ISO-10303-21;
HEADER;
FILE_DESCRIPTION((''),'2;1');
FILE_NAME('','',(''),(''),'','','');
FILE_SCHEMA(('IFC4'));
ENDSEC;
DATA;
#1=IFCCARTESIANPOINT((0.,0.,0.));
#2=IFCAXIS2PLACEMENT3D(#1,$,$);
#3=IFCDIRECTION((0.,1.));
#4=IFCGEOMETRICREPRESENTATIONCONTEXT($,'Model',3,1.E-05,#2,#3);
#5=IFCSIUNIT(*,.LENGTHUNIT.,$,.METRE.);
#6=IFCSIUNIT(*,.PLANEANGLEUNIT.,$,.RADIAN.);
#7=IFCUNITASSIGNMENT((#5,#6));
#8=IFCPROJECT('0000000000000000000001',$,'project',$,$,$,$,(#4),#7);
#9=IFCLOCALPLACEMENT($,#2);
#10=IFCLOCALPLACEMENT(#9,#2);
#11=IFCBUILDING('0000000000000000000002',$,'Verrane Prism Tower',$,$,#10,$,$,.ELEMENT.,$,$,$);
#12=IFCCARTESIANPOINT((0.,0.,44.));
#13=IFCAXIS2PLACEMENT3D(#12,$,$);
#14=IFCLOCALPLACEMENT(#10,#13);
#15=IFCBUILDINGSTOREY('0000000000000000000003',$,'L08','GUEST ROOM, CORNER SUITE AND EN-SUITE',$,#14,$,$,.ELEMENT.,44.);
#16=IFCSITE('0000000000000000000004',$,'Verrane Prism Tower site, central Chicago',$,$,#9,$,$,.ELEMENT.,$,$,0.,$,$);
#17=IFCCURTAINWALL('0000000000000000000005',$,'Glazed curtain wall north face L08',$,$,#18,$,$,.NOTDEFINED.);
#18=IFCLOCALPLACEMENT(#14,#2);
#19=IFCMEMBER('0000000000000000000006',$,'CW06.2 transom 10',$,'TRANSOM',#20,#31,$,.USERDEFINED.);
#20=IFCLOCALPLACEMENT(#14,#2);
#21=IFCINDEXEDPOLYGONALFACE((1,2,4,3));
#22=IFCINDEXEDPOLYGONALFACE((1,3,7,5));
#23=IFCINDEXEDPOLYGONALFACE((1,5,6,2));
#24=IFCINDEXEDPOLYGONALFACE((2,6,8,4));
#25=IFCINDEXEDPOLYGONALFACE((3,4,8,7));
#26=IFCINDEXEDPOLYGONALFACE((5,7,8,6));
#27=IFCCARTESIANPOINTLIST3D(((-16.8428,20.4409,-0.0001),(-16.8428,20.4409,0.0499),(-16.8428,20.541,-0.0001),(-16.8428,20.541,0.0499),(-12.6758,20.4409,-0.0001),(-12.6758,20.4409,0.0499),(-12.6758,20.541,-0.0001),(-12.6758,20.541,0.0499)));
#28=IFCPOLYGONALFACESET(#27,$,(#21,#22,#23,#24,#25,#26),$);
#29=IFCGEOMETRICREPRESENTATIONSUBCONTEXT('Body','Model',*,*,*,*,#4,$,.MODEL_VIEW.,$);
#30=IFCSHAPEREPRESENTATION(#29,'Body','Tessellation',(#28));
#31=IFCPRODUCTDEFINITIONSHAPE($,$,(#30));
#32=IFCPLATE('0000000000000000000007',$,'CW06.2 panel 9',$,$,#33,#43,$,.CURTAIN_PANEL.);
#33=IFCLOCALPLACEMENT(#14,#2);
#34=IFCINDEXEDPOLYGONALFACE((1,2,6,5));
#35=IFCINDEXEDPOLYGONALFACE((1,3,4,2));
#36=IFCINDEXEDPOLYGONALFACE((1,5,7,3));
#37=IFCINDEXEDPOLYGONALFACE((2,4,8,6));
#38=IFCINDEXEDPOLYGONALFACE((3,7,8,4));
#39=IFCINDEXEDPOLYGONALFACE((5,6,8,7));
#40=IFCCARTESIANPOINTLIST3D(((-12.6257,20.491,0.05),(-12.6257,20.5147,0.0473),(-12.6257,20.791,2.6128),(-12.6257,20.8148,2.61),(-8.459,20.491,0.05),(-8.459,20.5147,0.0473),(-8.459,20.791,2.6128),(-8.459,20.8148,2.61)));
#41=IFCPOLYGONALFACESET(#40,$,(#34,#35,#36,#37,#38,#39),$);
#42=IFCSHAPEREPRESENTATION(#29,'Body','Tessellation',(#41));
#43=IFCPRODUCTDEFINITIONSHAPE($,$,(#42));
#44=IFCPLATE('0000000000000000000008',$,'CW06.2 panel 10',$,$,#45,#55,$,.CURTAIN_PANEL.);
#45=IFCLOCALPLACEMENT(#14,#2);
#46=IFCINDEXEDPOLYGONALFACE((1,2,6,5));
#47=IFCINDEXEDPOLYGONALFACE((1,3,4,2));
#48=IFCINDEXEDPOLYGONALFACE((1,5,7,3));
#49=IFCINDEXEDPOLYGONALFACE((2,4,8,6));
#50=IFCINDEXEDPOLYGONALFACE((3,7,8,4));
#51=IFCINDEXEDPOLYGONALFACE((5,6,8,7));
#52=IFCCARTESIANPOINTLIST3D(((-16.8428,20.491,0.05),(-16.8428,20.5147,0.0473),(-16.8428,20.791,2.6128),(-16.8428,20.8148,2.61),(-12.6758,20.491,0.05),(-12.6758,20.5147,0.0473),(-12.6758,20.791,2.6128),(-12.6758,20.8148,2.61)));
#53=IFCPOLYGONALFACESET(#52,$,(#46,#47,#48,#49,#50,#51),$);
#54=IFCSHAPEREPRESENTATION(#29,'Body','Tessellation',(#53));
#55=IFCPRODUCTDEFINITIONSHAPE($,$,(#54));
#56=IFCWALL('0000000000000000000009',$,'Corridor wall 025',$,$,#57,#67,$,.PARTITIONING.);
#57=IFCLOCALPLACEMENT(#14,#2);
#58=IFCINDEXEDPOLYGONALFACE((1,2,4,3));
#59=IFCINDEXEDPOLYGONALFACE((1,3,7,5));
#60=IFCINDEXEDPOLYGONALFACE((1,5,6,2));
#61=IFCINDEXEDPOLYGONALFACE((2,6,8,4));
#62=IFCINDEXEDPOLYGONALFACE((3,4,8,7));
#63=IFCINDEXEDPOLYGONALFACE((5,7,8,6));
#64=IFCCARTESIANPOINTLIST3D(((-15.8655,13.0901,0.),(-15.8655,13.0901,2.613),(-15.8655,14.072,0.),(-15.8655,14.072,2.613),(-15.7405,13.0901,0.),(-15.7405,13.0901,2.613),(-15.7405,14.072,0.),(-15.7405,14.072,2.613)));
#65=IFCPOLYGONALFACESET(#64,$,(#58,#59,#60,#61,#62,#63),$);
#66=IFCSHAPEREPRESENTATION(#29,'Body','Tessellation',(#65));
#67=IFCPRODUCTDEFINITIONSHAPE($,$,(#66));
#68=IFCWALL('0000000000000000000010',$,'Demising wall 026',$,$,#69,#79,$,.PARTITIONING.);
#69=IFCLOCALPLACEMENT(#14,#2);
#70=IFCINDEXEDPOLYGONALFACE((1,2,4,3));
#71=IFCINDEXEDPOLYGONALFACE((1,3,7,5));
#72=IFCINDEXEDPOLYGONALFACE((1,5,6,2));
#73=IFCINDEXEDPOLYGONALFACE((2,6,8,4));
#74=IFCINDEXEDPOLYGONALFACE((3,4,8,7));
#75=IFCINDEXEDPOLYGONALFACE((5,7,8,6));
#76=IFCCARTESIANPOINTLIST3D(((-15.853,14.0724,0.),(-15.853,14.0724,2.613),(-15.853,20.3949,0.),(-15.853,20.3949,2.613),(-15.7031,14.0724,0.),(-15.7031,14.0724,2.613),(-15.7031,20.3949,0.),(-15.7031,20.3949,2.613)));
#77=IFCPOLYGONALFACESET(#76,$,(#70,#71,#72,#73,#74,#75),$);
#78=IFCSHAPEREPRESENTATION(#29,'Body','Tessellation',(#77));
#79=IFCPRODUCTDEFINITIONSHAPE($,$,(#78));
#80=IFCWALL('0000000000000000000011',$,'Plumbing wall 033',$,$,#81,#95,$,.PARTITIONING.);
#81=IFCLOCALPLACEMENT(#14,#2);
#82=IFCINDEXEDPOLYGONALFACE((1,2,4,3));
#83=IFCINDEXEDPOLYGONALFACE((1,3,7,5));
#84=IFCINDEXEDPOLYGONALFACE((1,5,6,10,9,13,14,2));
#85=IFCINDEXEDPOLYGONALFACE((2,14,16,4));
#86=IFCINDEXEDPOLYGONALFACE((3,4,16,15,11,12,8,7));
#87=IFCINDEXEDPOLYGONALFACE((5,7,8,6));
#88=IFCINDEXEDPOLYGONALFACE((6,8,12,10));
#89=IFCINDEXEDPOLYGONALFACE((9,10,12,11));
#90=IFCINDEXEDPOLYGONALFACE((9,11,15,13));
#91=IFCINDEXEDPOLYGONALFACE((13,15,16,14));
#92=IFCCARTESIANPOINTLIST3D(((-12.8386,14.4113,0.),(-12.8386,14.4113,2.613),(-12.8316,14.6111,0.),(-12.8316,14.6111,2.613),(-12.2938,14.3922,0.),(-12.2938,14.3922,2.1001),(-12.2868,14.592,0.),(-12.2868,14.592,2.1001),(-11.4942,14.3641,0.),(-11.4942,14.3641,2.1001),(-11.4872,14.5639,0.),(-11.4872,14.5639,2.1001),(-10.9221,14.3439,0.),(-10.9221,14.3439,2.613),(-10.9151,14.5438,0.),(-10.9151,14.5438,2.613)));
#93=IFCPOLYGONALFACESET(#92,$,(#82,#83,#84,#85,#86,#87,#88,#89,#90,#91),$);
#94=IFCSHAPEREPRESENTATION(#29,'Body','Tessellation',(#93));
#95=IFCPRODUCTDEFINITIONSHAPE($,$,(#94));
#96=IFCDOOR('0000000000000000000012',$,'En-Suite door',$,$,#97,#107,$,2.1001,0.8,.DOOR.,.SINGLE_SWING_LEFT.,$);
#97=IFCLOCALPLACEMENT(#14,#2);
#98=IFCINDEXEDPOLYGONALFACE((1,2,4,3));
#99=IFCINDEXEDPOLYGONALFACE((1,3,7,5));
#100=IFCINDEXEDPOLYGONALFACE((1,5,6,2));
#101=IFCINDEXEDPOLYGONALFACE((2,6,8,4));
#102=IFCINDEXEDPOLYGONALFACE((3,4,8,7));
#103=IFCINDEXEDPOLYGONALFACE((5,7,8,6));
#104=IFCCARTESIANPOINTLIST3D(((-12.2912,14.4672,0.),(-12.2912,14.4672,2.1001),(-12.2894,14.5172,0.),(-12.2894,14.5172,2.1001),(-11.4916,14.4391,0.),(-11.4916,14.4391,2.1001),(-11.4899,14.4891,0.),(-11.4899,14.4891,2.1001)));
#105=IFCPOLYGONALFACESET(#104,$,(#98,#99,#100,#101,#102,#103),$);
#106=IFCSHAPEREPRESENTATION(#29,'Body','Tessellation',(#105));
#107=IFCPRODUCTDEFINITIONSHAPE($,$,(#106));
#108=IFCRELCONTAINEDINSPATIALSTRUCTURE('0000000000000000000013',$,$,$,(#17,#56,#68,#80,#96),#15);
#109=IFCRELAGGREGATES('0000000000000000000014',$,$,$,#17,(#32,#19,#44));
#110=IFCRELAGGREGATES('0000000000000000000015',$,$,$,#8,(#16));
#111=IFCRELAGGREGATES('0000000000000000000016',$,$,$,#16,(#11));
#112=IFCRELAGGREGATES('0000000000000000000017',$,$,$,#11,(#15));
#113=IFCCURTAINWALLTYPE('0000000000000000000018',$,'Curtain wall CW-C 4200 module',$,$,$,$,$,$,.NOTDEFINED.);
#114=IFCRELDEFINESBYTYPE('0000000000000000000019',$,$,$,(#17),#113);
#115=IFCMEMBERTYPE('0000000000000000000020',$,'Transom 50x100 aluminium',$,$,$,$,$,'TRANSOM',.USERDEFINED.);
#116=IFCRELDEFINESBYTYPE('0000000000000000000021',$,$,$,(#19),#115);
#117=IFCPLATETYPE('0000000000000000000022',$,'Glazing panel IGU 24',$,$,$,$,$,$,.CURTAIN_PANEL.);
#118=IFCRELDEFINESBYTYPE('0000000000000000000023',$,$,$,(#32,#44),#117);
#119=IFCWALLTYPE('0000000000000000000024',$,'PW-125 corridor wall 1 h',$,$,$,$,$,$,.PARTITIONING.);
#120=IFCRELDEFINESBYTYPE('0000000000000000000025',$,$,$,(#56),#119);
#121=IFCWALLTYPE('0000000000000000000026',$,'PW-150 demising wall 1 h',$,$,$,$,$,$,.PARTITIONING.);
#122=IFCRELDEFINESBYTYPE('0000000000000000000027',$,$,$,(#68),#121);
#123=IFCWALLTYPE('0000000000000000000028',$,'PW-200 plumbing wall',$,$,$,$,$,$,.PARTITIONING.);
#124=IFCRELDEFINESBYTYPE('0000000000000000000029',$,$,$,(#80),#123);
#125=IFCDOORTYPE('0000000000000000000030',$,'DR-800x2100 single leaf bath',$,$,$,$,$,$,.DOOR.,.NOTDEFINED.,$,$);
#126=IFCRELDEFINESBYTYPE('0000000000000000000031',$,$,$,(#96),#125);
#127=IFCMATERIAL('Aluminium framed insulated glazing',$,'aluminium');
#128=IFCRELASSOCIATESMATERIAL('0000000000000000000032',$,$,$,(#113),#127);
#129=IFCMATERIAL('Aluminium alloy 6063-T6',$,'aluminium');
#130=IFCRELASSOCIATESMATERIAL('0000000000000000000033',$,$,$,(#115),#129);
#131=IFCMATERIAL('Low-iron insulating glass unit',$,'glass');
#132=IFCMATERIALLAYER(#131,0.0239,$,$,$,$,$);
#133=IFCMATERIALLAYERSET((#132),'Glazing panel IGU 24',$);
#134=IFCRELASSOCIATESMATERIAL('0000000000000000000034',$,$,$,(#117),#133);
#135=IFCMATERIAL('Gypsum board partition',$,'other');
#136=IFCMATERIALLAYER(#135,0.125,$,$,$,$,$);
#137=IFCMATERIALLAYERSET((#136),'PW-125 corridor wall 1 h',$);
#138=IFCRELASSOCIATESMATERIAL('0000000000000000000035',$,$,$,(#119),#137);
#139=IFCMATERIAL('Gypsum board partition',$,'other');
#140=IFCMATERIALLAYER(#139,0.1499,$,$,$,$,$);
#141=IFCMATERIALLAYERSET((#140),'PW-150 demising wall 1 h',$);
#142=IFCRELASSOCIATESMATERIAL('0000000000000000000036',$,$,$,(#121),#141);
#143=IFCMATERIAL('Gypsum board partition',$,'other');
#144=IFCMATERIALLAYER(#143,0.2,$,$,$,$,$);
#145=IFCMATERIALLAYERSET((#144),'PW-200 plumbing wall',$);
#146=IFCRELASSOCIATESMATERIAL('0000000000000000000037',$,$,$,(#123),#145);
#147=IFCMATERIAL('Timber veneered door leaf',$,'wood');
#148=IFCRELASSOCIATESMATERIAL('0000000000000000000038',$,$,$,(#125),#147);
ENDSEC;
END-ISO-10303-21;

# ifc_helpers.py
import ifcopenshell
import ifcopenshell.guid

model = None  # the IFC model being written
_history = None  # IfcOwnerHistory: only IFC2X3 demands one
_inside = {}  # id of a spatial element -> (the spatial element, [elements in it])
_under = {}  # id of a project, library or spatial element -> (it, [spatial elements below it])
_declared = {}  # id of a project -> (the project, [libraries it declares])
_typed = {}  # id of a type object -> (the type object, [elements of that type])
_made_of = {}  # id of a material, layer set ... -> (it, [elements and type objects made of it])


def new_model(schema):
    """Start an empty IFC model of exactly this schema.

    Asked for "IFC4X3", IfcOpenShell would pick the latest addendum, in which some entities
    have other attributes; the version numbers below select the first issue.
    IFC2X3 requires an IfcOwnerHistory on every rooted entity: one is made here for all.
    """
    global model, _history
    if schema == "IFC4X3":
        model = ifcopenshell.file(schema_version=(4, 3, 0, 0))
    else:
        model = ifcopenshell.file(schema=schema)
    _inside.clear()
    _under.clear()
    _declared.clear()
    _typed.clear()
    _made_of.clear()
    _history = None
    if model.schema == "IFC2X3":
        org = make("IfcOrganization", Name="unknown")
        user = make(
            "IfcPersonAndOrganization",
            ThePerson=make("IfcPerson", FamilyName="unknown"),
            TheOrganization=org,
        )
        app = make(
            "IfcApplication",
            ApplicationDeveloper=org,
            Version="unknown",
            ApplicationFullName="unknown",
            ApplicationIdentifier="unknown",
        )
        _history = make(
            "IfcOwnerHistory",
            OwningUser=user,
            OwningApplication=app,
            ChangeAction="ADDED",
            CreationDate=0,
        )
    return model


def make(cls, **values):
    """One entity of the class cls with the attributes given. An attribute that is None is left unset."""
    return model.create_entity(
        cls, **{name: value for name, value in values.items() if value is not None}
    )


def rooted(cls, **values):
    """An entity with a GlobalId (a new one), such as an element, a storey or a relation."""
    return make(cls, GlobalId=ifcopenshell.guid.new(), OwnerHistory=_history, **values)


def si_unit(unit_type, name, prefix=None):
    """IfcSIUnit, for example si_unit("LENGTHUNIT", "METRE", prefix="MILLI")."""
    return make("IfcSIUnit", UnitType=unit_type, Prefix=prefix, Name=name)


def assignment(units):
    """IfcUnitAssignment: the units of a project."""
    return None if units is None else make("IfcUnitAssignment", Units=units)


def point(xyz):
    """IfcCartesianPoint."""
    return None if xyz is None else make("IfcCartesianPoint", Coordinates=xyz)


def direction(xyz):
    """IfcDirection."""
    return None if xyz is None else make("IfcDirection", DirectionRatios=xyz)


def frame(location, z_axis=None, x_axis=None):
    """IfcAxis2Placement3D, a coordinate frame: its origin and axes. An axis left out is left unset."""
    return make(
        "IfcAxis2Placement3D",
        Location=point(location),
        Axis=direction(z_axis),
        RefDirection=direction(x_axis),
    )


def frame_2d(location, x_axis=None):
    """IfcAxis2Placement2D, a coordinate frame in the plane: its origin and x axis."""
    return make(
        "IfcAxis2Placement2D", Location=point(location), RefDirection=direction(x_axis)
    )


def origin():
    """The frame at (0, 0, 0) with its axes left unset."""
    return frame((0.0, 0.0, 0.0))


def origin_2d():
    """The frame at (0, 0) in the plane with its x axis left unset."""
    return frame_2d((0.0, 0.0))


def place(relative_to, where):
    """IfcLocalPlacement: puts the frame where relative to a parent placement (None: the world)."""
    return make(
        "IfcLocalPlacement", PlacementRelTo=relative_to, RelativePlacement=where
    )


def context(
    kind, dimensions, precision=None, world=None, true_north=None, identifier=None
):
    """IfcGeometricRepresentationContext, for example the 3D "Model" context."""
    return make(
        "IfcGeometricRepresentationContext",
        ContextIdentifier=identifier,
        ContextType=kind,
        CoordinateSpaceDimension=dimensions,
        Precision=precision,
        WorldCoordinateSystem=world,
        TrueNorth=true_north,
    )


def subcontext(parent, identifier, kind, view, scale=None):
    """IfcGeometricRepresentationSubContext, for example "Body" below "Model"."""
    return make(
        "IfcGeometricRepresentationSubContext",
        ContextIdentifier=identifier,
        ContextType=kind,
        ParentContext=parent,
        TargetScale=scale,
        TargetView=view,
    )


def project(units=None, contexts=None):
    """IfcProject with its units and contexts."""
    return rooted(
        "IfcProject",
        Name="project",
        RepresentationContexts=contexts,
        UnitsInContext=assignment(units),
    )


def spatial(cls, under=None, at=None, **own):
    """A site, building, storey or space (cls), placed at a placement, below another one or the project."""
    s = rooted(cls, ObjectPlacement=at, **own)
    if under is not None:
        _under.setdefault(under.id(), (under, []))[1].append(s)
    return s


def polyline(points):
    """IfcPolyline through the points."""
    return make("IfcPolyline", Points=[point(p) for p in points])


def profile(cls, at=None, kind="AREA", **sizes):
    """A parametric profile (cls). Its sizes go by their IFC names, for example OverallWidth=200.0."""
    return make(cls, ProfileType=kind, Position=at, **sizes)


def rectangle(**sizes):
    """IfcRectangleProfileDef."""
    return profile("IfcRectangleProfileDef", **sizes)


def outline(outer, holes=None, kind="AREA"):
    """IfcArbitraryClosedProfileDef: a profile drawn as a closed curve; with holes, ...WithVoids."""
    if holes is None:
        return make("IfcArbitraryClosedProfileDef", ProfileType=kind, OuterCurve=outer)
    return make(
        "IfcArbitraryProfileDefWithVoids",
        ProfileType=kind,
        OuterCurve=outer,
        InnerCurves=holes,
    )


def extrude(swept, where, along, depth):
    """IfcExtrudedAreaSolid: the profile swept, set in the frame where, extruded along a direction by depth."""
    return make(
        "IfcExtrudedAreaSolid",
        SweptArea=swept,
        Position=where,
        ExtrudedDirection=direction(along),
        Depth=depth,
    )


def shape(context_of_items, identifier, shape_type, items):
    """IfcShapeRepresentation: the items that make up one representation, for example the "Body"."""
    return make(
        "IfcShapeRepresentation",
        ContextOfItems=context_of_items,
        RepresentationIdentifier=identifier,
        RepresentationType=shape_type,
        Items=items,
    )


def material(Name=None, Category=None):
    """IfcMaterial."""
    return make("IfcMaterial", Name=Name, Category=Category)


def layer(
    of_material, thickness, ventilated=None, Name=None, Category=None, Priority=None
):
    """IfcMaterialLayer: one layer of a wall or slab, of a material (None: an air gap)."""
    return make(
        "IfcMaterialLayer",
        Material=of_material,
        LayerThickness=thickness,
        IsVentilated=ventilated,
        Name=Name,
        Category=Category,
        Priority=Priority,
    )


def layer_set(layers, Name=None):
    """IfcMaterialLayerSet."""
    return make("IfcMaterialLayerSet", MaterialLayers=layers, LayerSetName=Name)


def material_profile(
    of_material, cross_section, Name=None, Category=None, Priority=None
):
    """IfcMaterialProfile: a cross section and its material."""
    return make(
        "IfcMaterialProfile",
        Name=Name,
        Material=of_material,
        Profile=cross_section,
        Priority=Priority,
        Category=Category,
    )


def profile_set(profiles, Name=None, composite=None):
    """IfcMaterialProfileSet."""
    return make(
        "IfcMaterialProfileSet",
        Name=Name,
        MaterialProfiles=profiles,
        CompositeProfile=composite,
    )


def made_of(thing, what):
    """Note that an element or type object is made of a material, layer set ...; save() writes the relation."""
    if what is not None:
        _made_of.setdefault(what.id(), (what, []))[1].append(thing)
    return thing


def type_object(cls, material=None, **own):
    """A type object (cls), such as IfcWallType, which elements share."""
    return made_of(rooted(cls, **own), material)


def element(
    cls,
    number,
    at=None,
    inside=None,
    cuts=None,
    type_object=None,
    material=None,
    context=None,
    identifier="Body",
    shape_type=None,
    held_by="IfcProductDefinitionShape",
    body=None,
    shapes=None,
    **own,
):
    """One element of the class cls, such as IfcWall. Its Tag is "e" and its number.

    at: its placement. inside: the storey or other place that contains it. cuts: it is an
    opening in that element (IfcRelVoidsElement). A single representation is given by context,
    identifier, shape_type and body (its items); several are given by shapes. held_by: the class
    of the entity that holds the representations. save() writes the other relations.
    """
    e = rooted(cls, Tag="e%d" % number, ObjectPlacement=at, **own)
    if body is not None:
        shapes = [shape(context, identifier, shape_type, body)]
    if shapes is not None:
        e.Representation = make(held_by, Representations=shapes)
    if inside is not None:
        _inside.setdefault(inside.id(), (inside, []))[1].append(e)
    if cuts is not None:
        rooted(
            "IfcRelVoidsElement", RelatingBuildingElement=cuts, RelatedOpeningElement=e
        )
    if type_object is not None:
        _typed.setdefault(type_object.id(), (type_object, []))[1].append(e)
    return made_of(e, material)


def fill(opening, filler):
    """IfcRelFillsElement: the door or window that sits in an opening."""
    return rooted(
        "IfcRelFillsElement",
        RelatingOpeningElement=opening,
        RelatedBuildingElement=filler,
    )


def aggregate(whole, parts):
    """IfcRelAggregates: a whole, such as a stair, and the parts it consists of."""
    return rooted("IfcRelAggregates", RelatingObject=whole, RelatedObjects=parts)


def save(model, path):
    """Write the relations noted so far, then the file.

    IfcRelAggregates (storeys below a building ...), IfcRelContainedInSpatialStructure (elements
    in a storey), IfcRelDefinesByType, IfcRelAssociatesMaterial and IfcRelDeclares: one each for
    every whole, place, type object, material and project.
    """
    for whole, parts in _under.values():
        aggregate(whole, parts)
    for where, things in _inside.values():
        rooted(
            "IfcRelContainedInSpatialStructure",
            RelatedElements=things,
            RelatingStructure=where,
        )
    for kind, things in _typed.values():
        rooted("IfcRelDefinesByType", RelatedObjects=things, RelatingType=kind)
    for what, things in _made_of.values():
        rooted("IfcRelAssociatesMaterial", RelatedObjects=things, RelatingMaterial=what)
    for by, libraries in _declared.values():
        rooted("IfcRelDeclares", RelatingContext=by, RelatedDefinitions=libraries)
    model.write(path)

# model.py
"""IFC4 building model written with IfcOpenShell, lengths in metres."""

from ifc_helpers import new_model, si_unit, direction, frame, frame_2d, origin, origin_2d, place, context, subcontext, project, spatial, polyline, rectangle, outline, extrude, material, layer, layer_set, material_profile, profile_set, type_object, element, fill, aggregate, save


model = new_model("IFC4")

# Units and contexts
model_context = context("Model", 3, precision=1e-05, world=origin(), true_north=direction((0.0, 1.0)))
body_context = subcontext(model_context, "Body", "Model", "MODEL_VIEW")
ifc_project = project(units=[si_unit("LENGTHUNIT", "METRE"), si_unit("PLANEANGLEUNIT", "RADIAN")], contexts=[model_context])

# Site, building, storey
site_placement = place(None, origin())
site = spatial("IfcSite", under=ifc_project, at=site_placement, Name="Verrane Prism Tower site, central Chicago", CompositionType="ELEMENT", RefElevation=0.0)
building_placement = place(site_placement, origin())
building = spatial("IfcBuilding", under=site, at=building_placement, Name="Verrane Prism Tower", CompositionType="ELEMENT")
storey_placement = place(building_placement, frame((0.0, 0.0, 44.0)))
storey = spatial("IfcBuildingStorey", under=building, at=storey_placement, Name="L08", Description="GUEST ROOM, CORNER SUITE AND EN-SUITE", CompositionType="ELEMENT", Elevation=44.0)

# Curtain wall
ifc_material_1 = material(Name="Aluminium framed insulated glazing", Category="aluminium")
curtain_wall_type = type_object("IfcCurtainWallType", Name="Curtain wall CW-C 4200 module", PredefinedType="NOTDEFINED", material=ifc_material_1)
curtain_wall_placement = place(storey_placement, origin())
curtain_wall = element("IfcCurtainWall", 1, at=curtain_wall_placement, inside=storey, type_object=curtain_wall_type, Name="Glazed curtain wall north face L08", PredefinedType="NOTDEFINED")

# Member
ifc_material_2 = material(Name="Aluminium alloy 6063-T6", Category="aluminium")
ifc_material_profile_1 = material_profile(ifc_material_2, rectangle(XDim=0.1001, YDim=0.05, at=origin_2d()), Name="Transom 50x100 aluminium")
ifc_profile_set_1 = profile_set([ifc_material_profile_1], Name="Aluminium alloy 6063-T6")
member_type_1 = type_object("IfcMemberType", Name="Transom 50x100 aluminium", ElementType="TRANSOM", PredefinedType="USERDEFINED", material=ifc_profile_set_1)
member_1_placement = place(storey_placement, frame((-12.6758, 20.491, 0.0249), z_axis=(-1.0, 0.0, 0.0), x_axis=(0.0, -1.0, 0.0)))
member_1 = element("IfcMember", 2, at=member_1_placement, type_object=member_type_1, Name="CW06.2 transom 10", ObjectType="TRANSOM", PredefinedType="USERDEFINED", context=body_context, shape_type="SweptSolid", body=[
    extrude(rectangle(XDim=0.1001, YDim=0.05, at=origin_2d()), origin(), (0.0, 0.0, 1.0), 4.167),
])

# Plates
ifc_material_3 = material(Name="Low-iron insulating glass unit", Category="glass")
ifc_layer_1 = layer(ifc_material_3, 0.0239)
ifc_layer_set_1 = layer_set([ifc_layer_1], Name="Glazing panel IGU 24")
plate_type = type_object("IfcPlateType", Name="Glazing panel IGU 24", PredefinedType="CURTAIN_PANEL", material=ifc_layer_set_1)
plate_1_placement = place(storey_placement, frame((-8.459, 20.491, 0.05), z_axis=(0.0, -0.993216, 0.116287), x_axis=(-1.0, 0.0, 0.0)))
plate_1 = element("IfcPlate", 3, at=plate_1_placement, type_object=plate_type, Name="CW06.2 panel 9", PredefinedType="CURTAIN_PANEL", context=body_context, shape_type="SweptSolid", body=[
    extrude(outline(polyline([(0.0, 0.0), (4.1667, 0.0), (4.1667, -2.5802), (0.0, -2.5802), (0.0, 0.0)])), origin(), (0.0, 0.0, -1.0), 0.0239),
])
plate_2_placement = place(storey_placement, frame((-12.6758, 20.491, 0.05), z_axis=(0.0, -0.993216, 0.116287), x_axis=(-1.0, 0.0, 0.0)))
plate_2 = element("IfcPlate", 4, at=plate_2_placement, type_object=plate_type, Name="CW06.2 panel 10", PredefinedType="CURTAIN_PANEL", context=body_context, shape_type="SweptSolid", body=[
    extrude(outline(polyline([(0.0, 0.0), (4.167, 0.0), (4.167, -2.5802), (0.0, -2.5802), (0.0, 0.0)])), origin(), (0.0, 0.0, -1.0), 0.0239),
])
aggregate(curtain_wall, [plate_1, member_1, plate_2])

# Walls
ifc_material_4 = material(Name="Gypsum board partition", Category="other")
ifc_layer_2 = layer(ifc_material_4, 0.125)
ifc_layer_set_2 = layer_set([ifc_layer_2], Name="PW-125 corridor wall 1 h")
wall_type_1 = type_object("IfcWallType", Name="PW-125 corridor wall 1 h", PredefinedType="PARTITIONING", material=ifc_layer_set_2)
wall_1_placement = place(storey_placement, frame((-15.803, 13.0901, 0.0), z_axis=(0.0, 0.0, 1.0), x_axis=(0.0, 1.0, 0.0)))
element("IfcWall", 5, at=wall_1_placement, inside=storey, type_object=wall_type_1, Name="Corridor wall 025", PredefinedType="PARTITIONING", context=body_context, shape_type="SweptSolid", body=[
    extrude(rectangle(XDim=0.9819, YDim=0.125, at=frame_2d((0.491, 0.0))), origin(), (0.0, 0.0, 1.0), 2.613),
])
ifc_material_5 = material(Name="Gypsum board partition", Category="other")
ifc_layer_3 = layer(ifc_material_5, 0.1499)
ifc_layer_set_3 = layer_set([ifc_layer_3], Name="PW-150 demising wall 1 h")
wall_type_2 = type_object("IfcWallType", Name="PW-150 demising wall 1 h", PredefinedType="PARTITIONING", material=ifc_layer_set_3)
wall_2_placement = place(storey_placement, frame((-15.7781, 14.0725, 0.0), z_axis=(0.0, 0.0, 1.0), x_axis=(0.0, 1.0, 0.0)))
element("IfcWall", 6, at=wall_2_placement, inside=storey, type_object=wall_type_2, Name="Demising wall 026", PredefinedType="PARTITIONING", context=body_context, shape_type="SweptSolid", body=[
    extrude(rectangle(XDim=6.3225, YDim=0.1499, at=frame_2d((3.1611, 0.0))), origin(), (0.0, 0.0, 1.0), 2.613),
])

# Wall, opening, door
ifc_material_6 = material(Name="Gypsum board partition", Category="other")
ifc_layer_4 = layer(ifc_material_6, 0.2)
ifc_layer_set_4 = layer_set([ifc_layer_4], Name="PW-200 plumbing wall")
wall_type_3 = type_object("IfcWallType", Name="PW-200 plumbing wall", PredefinedType="PARTITIONING", material=ifc_layer_set_4)
wall_3_placement = place(storey_placement, frame((-10.9185, 14.4438, 0.0), z_axis=(0.0, 0.0, 1.0), x_axis=(-0.999382, 0.035138, 0.0)))
wall_3 = element("IfcWall", 7, at=wall_3_placement, inside=storey, type_object=wall_type_3, Name="Plumbing wall 033", PredefinedType="PARTITIONING", context=body_context, shape_type="SweptSolid", body=[
    extrude(rectangle(XDim=1.9177, YDim=0.2, at=frame_2d((0.959, 0.0))), origin(), (0.0, 0.0, 1.0), 2.613),
])
opening_placement = place(wall_3_placement, frame((0.5728, 0.0, 0.0)))
opening = element("IfcOpeningElement", 8, at=opening_placement, cuts=wall_3, PredefinedType="OPENING", context=body_context, shape_type="SweptSolid", body=[
    extrude(rectangle(XDim=0.8, YDim=2.1001, at=frame_2d((0.3999, 1.05))), frame((0.0, 0.1099, 0.0), z_axis=(0.0, -1.0, 0.0), x_axis=(1.0, 0.0, 0.0)), (0.0, 0.0, 1.0), 0.22),
])
ifc_material_7 = material(Name="Timber veneered door leaf", Category="wood")
door_type = type_object("IfcDoorType", Name="DR-800x2100 single leaf bath", OperationType="NOTDEFINED", PredefinedType="DOOR", material=ifc_material_7)
door_placement = place(opening_placement, origin())
door = element("IfcDoor", 9, at=door_placement, inside=storey, type_object=door_type, Name="En-Suite door", OperationType="SINGLE_SWING_LEFT", OverallHeight=2.1001, OverallWidth=0.8, PredefinedType="DOOR", context=body_context, shape_type="SweptSolid", body=[
    extrude(rectangle(XDim=0.8, YDim=2.1001, at=frame_2d((0.3999, 1.05))), frame((0.0, 0.0249, 0.0), z_axis=(0.0, -1.0, 0.0), x_axis=(1.0, 0.0, 0.0)), (0.0, 0.0, 1.0), 0.05),
])
fill(opening, door)

save(model, "model.ifc")
